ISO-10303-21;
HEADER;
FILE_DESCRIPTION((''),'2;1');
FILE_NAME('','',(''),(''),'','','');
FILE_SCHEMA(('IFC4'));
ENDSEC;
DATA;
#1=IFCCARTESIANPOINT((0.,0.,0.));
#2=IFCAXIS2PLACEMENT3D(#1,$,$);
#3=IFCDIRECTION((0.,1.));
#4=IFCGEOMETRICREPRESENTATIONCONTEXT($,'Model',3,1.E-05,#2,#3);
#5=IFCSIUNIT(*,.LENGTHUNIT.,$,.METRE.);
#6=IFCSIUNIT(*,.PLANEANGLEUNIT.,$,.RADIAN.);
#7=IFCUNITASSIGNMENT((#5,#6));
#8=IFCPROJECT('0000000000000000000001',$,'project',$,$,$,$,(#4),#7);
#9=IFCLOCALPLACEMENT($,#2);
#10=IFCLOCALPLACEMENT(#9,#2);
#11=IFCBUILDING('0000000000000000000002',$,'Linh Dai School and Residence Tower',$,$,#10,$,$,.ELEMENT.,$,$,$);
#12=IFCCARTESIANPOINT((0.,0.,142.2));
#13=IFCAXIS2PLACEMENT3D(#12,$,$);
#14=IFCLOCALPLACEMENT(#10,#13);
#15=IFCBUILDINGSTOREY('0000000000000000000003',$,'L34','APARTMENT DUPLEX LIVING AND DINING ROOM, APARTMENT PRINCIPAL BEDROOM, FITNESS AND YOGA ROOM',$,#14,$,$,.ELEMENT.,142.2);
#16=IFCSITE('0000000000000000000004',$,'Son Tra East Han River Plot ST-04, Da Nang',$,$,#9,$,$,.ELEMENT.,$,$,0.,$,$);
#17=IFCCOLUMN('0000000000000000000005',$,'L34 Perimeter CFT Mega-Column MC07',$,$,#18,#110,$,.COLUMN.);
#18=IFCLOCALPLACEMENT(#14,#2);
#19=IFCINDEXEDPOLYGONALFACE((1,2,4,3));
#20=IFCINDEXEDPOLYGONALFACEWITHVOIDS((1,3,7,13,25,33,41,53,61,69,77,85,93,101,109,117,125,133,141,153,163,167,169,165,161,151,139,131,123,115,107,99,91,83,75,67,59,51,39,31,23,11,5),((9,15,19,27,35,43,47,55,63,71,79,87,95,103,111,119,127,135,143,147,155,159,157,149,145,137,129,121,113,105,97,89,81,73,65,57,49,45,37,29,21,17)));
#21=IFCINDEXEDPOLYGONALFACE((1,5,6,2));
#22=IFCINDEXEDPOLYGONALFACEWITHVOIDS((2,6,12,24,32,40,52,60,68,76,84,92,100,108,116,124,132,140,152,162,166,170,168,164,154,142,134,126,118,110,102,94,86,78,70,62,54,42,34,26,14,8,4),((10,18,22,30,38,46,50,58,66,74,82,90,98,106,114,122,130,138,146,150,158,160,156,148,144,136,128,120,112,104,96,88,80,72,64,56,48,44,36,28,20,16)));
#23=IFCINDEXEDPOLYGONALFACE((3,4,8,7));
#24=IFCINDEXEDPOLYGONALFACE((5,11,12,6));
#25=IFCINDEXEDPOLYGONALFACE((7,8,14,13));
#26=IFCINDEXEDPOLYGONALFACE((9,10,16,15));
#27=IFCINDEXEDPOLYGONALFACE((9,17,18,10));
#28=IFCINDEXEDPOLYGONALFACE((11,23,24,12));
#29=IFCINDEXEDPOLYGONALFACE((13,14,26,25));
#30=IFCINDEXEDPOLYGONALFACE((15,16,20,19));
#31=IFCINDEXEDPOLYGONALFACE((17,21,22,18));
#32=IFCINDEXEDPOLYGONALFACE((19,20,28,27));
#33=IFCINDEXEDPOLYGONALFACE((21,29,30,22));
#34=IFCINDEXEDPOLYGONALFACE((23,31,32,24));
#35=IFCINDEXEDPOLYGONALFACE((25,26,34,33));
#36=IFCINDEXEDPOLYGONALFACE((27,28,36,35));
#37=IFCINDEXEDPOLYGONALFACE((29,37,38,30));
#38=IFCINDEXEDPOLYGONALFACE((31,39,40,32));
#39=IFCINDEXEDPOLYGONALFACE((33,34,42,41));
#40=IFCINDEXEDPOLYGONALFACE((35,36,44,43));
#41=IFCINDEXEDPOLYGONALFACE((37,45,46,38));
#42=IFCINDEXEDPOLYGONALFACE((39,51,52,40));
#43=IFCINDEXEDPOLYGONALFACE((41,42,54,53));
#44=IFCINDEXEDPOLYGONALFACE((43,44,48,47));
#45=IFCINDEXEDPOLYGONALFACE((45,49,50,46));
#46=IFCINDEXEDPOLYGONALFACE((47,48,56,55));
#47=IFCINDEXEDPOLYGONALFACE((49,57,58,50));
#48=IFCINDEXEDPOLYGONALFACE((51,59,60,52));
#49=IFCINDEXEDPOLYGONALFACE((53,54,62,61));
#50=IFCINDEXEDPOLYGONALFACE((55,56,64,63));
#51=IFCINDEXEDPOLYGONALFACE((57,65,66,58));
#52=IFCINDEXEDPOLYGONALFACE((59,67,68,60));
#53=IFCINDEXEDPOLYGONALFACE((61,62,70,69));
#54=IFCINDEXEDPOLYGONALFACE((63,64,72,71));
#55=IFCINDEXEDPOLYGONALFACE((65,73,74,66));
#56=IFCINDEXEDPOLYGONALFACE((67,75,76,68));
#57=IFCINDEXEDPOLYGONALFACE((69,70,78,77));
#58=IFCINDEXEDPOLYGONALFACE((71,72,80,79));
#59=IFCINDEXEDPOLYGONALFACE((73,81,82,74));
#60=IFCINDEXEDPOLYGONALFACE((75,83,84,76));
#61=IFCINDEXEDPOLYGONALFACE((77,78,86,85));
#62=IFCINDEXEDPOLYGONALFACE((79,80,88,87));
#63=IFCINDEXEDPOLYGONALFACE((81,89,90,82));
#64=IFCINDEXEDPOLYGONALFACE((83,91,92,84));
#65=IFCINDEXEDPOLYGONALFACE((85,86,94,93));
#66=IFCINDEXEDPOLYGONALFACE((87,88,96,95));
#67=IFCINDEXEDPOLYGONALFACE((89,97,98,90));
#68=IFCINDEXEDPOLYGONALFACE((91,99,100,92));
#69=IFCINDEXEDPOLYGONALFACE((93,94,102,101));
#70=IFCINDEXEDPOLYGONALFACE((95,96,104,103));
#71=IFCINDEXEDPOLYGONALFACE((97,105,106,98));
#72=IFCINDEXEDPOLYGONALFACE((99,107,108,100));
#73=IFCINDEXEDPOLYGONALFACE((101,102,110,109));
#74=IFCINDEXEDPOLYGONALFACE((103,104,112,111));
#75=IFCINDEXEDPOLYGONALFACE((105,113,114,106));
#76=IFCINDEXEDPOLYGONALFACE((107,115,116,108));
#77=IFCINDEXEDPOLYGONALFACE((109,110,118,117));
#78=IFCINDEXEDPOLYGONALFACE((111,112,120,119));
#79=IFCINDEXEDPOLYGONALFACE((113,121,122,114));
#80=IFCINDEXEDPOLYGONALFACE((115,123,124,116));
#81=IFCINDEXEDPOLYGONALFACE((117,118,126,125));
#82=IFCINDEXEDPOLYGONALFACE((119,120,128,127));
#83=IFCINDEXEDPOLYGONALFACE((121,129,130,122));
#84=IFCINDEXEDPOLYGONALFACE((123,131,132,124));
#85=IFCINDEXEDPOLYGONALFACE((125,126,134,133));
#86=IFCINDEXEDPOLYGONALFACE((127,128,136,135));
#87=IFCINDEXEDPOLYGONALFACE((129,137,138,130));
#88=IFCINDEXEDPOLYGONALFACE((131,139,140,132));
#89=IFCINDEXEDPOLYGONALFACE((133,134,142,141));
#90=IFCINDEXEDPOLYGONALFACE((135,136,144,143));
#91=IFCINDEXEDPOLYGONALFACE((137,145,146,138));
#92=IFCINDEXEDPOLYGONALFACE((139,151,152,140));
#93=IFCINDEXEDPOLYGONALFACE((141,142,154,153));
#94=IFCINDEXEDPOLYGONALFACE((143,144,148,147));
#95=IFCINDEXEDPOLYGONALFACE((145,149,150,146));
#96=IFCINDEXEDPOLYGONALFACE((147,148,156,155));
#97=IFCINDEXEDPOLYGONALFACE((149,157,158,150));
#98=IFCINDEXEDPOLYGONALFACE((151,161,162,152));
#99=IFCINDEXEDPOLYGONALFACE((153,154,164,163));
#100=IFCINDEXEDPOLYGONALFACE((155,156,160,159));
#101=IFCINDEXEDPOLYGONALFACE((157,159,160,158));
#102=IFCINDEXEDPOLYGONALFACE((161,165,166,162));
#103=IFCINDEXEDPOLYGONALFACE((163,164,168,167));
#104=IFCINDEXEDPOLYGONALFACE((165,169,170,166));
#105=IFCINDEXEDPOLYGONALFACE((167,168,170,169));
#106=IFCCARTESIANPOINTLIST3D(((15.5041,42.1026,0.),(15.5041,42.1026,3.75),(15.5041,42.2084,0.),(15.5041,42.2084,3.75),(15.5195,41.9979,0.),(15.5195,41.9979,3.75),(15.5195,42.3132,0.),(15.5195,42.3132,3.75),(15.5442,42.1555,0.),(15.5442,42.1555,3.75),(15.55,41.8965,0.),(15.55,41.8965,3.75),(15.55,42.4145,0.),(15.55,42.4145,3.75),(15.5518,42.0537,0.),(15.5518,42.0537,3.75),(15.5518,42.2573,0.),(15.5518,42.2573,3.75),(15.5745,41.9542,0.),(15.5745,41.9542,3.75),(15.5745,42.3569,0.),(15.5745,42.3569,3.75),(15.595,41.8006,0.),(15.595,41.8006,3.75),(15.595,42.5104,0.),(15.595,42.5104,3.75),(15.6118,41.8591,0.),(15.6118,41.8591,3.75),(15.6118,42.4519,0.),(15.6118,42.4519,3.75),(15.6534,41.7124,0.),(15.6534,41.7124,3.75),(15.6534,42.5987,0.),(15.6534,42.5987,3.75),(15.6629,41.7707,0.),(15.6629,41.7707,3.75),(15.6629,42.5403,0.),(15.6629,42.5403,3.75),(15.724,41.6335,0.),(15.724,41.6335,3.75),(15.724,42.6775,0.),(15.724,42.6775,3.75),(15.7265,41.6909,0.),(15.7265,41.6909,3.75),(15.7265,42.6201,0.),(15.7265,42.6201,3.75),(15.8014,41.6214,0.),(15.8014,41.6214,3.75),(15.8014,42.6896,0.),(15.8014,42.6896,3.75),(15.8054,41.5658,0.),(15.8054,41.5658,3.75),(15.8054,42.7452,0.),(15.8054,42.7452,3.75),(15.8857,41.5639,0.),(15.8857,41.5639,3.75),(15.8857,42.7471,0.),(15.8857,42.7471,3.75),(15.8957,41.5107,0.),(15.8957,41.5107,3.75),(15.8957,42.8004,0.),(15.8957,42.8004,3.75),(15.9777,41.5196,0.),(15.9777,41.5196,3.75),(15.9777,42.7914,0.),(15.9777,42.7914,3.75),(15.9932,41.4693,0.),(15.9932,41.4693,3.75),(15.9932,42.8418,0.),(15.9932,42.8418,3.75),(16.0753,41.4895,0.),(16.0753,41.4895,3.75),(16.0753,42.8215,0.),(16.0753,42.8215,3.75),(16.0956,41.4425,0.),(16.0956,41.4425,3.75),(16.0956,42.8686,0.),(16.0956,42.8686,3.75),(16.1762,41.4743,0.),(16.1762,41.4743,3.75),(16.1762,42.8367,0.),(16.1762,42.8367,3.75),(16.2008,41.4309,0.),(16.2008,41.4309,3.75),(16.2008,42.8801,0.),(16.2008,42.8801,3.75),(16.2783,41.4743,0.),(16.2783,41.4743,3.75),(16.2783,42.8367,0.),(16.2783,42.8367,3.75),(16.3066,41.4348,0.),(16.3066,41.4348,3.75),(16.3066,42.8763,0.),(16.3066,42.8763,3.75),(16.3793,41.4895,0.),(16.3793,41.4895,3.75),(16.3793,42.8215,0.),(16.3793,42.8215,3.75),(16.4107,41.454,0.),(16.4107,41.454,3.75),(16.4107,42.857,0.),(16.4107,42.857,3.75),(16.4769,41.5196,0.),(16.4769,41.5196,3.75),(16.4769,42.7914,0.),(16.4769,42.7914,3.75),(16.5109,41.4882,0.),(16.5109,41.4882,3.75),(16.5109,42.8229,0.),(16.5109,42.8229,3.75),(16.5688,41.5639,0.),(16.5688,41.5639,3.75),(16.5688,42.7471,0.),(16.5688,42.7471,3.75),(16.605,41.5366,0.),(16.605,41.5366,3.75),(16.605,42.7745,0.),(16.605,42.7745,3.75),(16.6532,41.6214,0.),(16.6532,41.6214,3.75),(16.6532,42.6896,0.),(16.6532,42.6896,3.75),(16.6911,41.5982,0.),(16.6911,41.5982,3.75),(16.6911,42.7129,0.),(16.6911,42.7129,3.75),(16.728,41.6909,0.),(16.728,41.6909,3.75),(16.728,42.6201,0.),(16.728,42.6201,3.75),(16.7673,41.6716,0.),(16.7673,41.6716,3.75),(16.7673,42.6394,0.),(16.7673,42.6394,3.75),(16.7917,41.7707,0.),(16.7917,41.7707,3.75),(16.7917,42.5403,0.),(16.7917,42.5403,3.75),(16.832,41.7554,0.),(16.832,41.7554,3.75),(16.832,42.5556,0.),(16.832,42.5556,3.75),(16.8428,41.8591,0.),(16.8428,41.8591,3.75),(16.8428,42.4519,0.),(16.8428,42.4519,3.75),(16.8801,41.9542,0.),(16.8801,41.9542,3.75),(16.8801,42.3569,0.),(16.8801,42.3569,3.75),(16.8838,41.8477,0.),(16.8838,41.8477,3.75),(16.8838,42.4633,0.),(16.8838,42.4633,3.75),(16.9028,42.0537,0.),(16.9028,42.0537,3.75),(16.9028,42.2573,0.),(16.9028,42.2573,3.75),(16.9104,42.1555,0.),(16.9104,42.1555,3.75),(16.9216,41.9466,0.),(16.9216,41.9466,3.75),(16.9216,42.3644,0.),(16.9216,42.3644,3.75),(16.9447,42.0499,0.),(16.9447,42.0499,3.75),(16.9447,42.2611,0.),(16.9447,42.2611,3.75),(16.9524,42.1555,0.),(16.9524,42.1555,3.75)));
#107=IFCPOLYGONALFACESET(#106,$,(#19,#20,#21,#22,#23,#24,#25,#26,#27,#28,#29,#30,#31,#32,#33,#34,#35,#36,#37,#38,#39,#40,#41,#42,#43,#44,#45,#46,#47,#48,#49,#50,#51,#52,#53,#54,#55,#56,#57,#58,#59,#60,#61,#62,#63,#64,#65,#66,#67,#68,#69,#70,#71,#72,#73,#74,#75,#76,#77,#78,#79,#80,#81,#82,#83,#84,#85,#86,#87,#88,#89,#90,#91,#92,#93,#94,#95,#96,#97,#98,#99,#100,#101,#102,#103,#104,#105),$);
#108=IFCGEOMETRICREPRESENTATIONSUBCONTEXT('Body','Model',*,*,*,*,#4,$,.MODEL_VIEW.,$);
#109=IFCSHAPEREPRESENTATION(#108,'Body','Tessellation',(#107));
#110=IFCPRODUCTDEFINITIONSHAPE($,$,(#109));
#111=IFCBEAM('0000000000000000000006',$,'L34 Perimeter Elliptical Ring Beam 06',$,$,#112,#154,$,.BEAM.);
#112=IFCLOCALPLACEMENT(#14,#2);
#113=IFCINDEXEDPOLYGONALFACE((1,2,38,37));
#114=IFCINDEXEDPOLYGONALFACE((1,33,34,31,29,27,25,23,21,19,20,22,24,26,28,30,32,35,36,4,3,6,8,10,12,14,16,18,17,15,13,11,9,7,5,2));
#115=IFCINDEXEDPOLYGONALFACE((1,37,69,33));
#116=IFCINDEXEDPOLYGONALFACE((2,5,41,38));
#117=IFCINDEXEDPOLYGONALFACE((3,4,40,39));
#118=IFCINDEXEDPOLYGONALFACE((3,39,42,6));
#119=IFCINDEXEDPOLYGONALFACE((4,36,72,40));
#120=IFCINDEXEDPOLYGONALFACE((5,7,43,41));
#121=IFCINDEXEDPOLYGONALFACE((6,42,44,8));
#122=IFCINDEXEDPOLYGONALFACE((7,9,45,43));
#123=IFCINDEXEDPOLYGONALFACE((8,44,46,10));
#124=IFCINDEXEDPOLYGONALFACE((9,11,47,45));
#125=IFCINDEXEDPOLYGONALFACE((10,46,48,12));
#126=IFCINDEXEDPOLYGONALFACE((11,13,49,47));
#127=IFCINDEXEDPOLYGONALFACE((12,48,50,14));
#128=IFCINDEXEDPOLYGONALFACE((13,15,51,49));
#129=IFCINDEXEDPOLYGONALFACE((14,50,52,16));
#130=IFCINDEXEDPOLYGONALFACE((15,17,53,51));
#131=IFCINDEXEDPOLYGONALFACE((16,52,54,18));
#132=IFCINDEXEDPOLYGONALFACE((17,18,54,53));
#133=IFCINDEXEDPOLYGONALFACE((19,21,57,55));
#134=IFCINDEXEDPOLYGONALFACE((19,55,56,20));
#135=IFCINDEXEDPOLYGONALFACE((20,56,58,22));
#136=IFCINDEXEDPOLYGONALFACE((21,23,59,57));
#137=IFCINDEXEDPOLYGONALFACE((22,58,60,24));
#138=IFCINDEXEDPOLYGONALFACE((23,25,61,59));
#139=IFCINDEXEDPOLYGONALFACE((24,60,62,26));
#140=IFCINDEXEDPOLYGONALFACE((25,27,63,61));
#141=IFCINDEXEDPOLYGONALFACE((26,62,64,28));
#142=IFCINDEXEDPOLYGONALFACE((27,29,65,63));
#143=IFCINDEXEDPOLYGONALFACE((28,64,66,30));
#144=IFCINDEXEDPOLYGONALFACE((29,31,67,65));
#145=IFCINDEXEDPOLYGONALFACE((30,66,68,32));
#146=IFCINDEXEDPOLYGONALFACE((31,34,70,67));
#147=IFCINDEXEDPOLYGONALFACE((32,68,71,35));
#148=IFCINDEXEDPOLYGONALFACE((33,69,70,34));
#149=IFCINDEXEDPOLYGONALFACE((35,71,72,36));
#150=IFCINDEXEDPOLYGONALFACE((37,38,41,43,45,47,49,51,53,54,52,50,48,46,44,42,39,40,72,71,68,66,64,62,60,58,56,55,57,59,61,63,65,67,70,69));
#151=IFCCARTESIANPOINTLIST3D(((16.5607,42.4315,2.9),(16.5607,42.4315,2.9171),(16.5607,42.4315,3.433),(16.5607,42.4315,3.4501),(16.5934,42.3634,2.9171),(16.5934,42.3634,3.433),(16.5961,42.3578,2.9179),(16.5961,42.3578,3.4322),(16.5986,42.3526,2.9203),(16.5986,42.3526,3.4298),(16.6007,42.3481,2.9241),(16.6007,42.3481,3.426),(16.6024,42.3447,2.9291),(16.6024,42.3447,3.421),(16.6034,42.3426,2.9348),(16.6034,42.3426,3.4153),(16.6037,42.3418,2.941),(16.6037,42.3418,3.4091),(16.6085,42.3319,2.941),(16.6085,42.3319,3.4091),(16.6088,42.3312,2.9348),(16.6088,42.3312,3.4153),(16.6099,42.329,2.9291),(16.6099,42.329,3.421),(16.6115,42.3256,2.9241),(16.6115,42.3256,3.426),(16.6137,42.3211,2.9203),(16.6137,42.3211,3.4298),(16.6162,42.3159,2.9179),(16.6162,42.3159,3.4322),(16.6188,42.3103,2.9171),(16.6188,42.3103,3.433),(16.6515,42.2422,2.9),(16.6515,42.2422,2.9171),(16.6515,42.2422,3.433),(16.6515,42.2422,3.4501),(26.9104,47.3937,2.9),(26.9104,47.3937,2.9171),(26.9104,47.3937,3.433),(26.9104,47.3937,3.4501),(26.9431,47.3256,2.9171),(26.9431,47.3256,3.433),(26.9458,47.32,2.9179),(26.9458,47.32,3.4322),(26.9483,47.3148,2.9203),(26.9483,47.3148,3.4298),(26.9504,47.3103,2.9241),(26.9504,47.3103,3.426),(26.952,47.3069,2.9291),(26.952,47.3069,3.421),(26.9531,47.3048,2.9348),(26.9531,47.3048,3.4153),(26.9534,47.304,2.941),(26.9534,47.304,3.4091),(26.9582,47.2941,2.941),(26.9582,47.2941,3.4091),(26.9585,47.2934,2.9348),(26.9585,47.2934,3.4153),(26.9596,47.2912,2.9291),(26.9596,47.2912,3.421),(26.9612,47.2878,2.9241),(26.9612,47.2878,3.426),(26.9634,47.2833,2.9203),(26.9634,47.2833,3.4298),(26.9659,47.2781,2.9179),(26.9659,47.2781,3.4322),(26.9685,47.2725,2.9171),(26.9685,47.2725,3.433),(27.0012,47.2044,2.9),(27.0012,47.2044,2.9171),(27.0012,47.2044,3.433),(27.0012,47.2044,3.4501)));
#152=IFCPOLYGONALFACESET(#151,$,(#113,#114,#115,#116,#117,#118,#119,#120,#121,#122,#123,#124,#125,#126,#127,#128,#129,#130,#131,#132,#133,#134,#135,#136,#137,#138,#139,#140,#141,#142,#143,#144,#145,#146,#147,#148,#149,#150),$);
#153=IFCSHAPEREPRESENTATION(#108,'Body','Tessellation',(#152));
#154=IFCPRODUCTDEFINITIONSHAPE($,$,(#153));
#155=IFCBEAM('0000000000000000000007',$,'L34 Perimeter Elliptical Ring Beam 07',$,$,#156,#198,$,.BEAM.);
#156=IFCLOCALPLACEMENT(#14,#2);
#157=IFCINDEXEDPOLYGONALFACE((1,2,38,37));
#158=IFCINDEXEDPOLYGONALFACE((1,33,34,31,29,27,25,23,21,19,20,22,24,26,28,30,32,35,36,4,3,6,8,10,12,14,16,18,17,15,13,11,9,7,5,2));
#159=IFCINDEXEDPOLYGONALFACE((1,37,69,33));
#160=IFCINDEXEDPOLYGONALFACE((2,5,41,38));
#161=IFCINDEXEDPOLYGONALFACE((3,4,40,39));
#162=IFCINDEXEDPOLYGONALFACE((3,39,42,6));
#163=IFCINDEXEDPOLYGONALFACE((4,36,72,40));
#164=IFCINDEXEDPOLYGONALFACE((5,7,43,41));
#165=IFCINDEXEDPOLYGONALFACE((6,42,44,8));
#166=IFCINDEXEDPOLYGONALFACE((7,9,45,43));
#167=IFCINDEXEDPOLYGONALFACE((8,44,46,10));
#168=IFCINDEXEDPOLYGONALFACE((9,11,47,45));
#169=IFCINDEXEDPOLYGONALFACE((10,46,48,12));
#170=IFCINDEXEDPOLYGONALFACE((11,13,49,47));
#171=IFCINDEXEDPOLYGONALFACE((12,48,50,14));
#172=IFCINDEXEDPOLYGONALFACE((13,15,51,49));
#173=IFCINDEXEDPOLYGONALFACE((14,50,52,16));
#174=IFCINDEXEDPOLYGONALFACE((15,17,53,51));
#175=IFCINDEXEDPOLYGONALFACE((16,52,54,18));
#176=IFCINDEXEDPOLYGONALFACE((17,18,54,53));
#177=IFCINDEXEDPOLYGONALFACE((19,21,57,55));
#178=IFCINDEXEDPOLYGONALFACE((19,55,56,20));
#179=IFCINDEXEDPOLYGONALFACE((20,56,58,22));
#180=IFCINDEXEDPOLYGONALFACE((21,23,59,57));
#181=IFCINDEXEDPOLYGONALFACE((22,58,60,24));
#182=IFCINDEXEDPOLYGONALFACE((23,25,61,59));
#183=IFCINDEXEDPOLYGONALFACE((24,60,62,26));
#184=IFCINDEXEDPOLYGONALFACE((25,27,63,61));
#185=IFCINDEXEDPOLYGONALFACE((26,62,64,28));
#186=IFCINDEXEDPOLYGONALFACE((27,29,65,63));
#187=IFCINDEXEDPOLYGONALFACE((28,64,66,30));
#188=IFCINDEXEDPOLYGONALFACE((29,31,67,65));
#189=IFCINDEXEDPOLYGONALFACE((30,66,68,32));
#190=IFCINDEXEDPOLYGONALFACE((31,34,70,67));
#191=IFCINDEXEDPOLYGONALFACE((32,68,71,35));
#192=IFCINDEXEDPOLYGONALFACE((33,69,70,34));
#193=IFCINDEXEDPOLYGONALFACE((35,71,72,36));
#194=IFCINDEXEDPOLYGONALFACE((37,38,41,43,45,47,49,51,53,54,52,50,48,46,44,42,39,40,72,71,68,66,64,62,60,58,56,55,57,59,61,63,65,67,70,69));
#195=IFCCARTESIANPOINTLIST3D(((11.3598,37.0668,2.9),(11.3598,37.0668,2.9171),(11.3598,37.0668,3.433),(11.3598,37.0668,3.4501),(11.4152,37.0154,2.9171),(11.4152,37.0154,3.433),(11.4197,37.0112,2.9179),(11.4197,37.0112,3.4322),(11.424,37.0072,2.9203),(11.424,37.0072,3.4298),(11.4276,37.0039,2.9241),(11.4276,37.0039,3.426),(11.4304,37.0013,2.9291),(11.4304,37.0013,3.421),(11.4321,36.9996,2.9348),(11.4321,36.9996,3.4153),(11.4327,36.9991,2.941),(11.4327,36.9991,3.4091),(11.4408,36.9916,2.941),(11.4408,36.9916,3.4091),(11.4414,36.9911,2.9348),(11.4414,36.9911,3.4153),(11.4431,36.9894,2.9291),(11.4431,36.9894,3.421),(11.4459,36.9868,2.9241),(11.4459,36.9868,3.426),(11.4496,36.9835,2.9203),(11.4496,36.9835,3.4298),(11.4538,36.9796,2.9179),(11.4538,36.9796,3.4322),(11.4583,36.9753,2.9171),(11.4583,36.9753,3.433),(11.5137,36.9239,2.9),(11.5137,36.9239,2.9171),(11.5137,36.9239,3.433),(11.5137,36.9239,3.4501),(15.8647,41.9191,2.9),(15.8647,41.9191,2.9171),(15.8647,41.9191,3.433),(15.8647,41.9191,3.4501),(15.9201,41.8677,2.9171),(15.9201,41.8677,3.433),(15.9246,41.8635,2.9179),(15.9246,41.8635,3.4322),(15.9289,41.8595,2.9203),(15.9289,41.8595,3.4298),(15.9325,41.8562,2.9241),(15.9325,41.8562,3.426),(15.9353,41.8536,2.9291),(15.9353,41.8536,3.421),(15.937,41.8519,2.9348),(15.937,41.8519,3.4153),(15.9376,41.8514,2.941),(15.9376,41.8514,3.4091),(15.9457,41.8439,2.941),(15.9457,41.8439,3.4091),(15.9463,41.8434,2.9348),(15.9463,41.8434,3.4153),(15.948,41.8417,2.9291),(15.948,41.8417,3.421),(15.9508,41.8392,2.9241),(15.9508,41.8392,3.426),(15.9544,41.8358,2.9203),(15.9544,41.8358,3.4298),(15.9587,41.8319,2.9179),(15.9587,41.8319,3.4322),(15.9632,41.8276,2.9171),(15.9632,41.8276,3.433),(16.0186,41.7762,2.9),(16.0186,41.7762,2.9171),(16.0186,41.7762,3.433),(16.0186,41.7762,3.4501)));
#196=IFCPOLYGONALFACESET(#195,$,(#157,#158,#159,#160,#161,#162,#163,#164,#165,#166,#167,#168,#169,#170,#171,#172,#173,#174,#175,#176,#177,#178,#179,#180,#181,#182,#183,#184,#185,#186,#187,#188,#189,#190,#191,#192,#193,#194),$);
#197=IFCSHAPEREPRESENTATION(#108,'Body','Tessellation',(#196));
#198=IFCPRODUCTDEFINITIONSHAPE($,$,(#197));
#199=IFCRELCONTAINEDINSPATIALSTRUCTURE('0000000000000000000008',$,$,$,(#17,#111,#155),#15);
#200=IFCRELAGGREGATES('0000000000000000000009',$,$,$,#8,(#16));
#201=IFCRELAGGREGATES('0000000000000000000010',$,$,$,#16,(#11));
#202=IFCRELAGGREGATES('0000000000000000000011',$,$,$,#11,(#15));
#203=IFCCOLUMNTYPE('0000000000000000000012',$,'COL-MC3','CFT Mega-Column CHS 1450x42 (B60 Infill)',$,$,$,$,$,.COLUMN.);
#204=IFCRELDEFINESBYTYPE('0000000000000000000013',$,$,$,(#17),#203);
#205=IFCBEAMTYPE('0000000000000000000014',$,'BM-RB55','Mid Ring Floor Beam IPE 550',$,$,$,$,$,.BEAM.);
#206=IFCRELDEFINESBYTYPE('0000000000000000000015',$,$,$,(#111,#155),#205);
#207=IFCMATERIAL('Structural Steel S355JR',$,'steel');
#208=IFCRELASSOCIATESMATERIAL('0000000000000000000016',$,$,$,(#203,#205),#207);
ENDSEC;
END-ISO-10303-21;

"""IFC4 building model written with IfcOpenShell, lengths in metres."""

from ifc_helpers import new_model, si_unit, direction, frame, origin, origin_2d, place, context, subcontext, project, spatial, hollow_circle, i_section, extrude, material, material_profile, profile_set, type_object, element, save


model = new_model("IFC4")

# Units and contexts
model_context = context("Model", 3, precision=1e-05, world=origin(), true_north=direction((0.0, 1.0)))
body_context = subcontext(model_context, "Body", "Model", "MODEL_VIEW")
ifc_project = project(units=[si_unit("LENGTHUNIT", "METRE"), si_unit("PLANEANGLEUNIT", "RADIAN")], contexts=[model_context])

# Site, building, storey
site_placement = place(None, origin())
site = spatial("IfcSite", under=ifc_project, at=site_placement, Name="Son Tra East Han River Plot ST-04, Da Nang", CompositionType="ELEMENT", RefElevation=0.0)
building_placement = place(site_placement, origin())
building = spatial("IfcBuilding", under=site, at=building_placement, Name="Linh Dai School and Residence Tower", CompositionType="ELEMENT")
storey_placement = place(building_placement, frame((0.0, 0.0, 142.2)))
storey = spatial("IfcBuildingStorey", under=building, at=storey_placement, Name="L34", Description="APARTMENT DUPLEX LIVING AND DINING ROOM, APARTMENT PRINCIPAL BEDROOM, FITNESS AND YOGA ROOM", CompositionType="ELEMENT", Elevation=142.2)

# Column
ifc_material_1 = material(Name="Structural Steel S355JR", Category="steel")
ifc_material_profile_1 = material_profile(ifc_material_1, hollow_circle(Radius=0.7251, WallThickness=0.042, at=origin_2d()), Name="CHS 1450x42")
ifc_profile_set_1 = profile_set([ifc_material_profile_1], Name="Structural Steel S355JR")
column_type = type_object("IfcColumnType", Name="COL-MC3", Description="CFT Mega-Column CHS 1450x42 (B60 Infill)", PredefinedType="COLUMN", material=ifc_profile_set_1)
column_placement = place(storey_placement, frame((16.2273, 42.1555, 0.0), z_axis=(0.0, 0.0, 1.0), x_axis=(1.0, 0.0, 0.0)))
element("IfcColumn", 1, at=column_placement, inside=storey, type_object=column_type, Name="L34 Perimeter CFT Mega-Column MC07", PredefinedType="COLUMN", context=body_context, shape_type="SweptSolid", body=[
    extrude(hollow_circle(Radius=0.7251, WallThickness=0.042, at=origin_2d()), origin(), (0.0, 0.0, 1.0), 3.75),
])

# Beams
ifc_material_profile_2 = material_profile(ifc_material_1, i_section(OverallWidth=0.21, OverallDepth=0.55, WebThickness=0.011, FlangeThickness=0.0171, FilletRadius=0.0239, at=origin_2d()), Name="IPE 550")
ifc_profile_set_2 = profile_set([ifc_material_profile_2], Name="Structural Steel S355JR")
beam_type_1 = type_object("IfcBeamType", Name="BM-RB55", Description="Mid Ring Floor Beam IPE 550", PredefinedType="BEAM", material=ifc_profile_set_2)
beam_1_placement = place(storey_placement, frame((26.9558, 47.2991, 3.175), z_axis=(-0.901715, -0.432331, 0.0), x_axis=(0.432331, -0.901715, 0.0)))
element("IfcBeam", 2, at=beam_1_placement, inside=storey, type_object=beam_type_1, Name="L34 Perimeter Elliptical Ring Beam 06", PredefinedType="BEAM", context=body_context, shape_type="SweptSolid", body=[
    extrude(i_section(OverallWidth=0.21, OverallDepth=0.55, WebThickness=0.011, FlangeThickness=0.0171, FilletRadius=0.0239, at=origin_2d()), origin(), (0.0, 0.0, 1.0), 11.4778),
])
beam_2_placement = place(storey_placement, frame((15.9417, 41.8477, 3.175), z_axis=(-0.680385, -0.732855, 0.0), x_axis=(0.732855, -0.680385, 0.0)))
element("IfcBeam", 3, at=beam_2_placement, inside=storey, type_object=beam_type_1, Name="L34 Perimeter Elliptical Ring Beam 07", PredefinedType="BEAM", context=body_context, shape_type="SweptSolid", body=[
    extrude(i_section(OverallWidth=0.21, OverallDepth=0.55, WebThickness=0.011, FlangeThickness=0.0171, FilletRadius=0.0239, at=origin_2d()), origin(), (0.0, 0.0, 1.0), 6.6211),
])

save(model, "model.ifc")
